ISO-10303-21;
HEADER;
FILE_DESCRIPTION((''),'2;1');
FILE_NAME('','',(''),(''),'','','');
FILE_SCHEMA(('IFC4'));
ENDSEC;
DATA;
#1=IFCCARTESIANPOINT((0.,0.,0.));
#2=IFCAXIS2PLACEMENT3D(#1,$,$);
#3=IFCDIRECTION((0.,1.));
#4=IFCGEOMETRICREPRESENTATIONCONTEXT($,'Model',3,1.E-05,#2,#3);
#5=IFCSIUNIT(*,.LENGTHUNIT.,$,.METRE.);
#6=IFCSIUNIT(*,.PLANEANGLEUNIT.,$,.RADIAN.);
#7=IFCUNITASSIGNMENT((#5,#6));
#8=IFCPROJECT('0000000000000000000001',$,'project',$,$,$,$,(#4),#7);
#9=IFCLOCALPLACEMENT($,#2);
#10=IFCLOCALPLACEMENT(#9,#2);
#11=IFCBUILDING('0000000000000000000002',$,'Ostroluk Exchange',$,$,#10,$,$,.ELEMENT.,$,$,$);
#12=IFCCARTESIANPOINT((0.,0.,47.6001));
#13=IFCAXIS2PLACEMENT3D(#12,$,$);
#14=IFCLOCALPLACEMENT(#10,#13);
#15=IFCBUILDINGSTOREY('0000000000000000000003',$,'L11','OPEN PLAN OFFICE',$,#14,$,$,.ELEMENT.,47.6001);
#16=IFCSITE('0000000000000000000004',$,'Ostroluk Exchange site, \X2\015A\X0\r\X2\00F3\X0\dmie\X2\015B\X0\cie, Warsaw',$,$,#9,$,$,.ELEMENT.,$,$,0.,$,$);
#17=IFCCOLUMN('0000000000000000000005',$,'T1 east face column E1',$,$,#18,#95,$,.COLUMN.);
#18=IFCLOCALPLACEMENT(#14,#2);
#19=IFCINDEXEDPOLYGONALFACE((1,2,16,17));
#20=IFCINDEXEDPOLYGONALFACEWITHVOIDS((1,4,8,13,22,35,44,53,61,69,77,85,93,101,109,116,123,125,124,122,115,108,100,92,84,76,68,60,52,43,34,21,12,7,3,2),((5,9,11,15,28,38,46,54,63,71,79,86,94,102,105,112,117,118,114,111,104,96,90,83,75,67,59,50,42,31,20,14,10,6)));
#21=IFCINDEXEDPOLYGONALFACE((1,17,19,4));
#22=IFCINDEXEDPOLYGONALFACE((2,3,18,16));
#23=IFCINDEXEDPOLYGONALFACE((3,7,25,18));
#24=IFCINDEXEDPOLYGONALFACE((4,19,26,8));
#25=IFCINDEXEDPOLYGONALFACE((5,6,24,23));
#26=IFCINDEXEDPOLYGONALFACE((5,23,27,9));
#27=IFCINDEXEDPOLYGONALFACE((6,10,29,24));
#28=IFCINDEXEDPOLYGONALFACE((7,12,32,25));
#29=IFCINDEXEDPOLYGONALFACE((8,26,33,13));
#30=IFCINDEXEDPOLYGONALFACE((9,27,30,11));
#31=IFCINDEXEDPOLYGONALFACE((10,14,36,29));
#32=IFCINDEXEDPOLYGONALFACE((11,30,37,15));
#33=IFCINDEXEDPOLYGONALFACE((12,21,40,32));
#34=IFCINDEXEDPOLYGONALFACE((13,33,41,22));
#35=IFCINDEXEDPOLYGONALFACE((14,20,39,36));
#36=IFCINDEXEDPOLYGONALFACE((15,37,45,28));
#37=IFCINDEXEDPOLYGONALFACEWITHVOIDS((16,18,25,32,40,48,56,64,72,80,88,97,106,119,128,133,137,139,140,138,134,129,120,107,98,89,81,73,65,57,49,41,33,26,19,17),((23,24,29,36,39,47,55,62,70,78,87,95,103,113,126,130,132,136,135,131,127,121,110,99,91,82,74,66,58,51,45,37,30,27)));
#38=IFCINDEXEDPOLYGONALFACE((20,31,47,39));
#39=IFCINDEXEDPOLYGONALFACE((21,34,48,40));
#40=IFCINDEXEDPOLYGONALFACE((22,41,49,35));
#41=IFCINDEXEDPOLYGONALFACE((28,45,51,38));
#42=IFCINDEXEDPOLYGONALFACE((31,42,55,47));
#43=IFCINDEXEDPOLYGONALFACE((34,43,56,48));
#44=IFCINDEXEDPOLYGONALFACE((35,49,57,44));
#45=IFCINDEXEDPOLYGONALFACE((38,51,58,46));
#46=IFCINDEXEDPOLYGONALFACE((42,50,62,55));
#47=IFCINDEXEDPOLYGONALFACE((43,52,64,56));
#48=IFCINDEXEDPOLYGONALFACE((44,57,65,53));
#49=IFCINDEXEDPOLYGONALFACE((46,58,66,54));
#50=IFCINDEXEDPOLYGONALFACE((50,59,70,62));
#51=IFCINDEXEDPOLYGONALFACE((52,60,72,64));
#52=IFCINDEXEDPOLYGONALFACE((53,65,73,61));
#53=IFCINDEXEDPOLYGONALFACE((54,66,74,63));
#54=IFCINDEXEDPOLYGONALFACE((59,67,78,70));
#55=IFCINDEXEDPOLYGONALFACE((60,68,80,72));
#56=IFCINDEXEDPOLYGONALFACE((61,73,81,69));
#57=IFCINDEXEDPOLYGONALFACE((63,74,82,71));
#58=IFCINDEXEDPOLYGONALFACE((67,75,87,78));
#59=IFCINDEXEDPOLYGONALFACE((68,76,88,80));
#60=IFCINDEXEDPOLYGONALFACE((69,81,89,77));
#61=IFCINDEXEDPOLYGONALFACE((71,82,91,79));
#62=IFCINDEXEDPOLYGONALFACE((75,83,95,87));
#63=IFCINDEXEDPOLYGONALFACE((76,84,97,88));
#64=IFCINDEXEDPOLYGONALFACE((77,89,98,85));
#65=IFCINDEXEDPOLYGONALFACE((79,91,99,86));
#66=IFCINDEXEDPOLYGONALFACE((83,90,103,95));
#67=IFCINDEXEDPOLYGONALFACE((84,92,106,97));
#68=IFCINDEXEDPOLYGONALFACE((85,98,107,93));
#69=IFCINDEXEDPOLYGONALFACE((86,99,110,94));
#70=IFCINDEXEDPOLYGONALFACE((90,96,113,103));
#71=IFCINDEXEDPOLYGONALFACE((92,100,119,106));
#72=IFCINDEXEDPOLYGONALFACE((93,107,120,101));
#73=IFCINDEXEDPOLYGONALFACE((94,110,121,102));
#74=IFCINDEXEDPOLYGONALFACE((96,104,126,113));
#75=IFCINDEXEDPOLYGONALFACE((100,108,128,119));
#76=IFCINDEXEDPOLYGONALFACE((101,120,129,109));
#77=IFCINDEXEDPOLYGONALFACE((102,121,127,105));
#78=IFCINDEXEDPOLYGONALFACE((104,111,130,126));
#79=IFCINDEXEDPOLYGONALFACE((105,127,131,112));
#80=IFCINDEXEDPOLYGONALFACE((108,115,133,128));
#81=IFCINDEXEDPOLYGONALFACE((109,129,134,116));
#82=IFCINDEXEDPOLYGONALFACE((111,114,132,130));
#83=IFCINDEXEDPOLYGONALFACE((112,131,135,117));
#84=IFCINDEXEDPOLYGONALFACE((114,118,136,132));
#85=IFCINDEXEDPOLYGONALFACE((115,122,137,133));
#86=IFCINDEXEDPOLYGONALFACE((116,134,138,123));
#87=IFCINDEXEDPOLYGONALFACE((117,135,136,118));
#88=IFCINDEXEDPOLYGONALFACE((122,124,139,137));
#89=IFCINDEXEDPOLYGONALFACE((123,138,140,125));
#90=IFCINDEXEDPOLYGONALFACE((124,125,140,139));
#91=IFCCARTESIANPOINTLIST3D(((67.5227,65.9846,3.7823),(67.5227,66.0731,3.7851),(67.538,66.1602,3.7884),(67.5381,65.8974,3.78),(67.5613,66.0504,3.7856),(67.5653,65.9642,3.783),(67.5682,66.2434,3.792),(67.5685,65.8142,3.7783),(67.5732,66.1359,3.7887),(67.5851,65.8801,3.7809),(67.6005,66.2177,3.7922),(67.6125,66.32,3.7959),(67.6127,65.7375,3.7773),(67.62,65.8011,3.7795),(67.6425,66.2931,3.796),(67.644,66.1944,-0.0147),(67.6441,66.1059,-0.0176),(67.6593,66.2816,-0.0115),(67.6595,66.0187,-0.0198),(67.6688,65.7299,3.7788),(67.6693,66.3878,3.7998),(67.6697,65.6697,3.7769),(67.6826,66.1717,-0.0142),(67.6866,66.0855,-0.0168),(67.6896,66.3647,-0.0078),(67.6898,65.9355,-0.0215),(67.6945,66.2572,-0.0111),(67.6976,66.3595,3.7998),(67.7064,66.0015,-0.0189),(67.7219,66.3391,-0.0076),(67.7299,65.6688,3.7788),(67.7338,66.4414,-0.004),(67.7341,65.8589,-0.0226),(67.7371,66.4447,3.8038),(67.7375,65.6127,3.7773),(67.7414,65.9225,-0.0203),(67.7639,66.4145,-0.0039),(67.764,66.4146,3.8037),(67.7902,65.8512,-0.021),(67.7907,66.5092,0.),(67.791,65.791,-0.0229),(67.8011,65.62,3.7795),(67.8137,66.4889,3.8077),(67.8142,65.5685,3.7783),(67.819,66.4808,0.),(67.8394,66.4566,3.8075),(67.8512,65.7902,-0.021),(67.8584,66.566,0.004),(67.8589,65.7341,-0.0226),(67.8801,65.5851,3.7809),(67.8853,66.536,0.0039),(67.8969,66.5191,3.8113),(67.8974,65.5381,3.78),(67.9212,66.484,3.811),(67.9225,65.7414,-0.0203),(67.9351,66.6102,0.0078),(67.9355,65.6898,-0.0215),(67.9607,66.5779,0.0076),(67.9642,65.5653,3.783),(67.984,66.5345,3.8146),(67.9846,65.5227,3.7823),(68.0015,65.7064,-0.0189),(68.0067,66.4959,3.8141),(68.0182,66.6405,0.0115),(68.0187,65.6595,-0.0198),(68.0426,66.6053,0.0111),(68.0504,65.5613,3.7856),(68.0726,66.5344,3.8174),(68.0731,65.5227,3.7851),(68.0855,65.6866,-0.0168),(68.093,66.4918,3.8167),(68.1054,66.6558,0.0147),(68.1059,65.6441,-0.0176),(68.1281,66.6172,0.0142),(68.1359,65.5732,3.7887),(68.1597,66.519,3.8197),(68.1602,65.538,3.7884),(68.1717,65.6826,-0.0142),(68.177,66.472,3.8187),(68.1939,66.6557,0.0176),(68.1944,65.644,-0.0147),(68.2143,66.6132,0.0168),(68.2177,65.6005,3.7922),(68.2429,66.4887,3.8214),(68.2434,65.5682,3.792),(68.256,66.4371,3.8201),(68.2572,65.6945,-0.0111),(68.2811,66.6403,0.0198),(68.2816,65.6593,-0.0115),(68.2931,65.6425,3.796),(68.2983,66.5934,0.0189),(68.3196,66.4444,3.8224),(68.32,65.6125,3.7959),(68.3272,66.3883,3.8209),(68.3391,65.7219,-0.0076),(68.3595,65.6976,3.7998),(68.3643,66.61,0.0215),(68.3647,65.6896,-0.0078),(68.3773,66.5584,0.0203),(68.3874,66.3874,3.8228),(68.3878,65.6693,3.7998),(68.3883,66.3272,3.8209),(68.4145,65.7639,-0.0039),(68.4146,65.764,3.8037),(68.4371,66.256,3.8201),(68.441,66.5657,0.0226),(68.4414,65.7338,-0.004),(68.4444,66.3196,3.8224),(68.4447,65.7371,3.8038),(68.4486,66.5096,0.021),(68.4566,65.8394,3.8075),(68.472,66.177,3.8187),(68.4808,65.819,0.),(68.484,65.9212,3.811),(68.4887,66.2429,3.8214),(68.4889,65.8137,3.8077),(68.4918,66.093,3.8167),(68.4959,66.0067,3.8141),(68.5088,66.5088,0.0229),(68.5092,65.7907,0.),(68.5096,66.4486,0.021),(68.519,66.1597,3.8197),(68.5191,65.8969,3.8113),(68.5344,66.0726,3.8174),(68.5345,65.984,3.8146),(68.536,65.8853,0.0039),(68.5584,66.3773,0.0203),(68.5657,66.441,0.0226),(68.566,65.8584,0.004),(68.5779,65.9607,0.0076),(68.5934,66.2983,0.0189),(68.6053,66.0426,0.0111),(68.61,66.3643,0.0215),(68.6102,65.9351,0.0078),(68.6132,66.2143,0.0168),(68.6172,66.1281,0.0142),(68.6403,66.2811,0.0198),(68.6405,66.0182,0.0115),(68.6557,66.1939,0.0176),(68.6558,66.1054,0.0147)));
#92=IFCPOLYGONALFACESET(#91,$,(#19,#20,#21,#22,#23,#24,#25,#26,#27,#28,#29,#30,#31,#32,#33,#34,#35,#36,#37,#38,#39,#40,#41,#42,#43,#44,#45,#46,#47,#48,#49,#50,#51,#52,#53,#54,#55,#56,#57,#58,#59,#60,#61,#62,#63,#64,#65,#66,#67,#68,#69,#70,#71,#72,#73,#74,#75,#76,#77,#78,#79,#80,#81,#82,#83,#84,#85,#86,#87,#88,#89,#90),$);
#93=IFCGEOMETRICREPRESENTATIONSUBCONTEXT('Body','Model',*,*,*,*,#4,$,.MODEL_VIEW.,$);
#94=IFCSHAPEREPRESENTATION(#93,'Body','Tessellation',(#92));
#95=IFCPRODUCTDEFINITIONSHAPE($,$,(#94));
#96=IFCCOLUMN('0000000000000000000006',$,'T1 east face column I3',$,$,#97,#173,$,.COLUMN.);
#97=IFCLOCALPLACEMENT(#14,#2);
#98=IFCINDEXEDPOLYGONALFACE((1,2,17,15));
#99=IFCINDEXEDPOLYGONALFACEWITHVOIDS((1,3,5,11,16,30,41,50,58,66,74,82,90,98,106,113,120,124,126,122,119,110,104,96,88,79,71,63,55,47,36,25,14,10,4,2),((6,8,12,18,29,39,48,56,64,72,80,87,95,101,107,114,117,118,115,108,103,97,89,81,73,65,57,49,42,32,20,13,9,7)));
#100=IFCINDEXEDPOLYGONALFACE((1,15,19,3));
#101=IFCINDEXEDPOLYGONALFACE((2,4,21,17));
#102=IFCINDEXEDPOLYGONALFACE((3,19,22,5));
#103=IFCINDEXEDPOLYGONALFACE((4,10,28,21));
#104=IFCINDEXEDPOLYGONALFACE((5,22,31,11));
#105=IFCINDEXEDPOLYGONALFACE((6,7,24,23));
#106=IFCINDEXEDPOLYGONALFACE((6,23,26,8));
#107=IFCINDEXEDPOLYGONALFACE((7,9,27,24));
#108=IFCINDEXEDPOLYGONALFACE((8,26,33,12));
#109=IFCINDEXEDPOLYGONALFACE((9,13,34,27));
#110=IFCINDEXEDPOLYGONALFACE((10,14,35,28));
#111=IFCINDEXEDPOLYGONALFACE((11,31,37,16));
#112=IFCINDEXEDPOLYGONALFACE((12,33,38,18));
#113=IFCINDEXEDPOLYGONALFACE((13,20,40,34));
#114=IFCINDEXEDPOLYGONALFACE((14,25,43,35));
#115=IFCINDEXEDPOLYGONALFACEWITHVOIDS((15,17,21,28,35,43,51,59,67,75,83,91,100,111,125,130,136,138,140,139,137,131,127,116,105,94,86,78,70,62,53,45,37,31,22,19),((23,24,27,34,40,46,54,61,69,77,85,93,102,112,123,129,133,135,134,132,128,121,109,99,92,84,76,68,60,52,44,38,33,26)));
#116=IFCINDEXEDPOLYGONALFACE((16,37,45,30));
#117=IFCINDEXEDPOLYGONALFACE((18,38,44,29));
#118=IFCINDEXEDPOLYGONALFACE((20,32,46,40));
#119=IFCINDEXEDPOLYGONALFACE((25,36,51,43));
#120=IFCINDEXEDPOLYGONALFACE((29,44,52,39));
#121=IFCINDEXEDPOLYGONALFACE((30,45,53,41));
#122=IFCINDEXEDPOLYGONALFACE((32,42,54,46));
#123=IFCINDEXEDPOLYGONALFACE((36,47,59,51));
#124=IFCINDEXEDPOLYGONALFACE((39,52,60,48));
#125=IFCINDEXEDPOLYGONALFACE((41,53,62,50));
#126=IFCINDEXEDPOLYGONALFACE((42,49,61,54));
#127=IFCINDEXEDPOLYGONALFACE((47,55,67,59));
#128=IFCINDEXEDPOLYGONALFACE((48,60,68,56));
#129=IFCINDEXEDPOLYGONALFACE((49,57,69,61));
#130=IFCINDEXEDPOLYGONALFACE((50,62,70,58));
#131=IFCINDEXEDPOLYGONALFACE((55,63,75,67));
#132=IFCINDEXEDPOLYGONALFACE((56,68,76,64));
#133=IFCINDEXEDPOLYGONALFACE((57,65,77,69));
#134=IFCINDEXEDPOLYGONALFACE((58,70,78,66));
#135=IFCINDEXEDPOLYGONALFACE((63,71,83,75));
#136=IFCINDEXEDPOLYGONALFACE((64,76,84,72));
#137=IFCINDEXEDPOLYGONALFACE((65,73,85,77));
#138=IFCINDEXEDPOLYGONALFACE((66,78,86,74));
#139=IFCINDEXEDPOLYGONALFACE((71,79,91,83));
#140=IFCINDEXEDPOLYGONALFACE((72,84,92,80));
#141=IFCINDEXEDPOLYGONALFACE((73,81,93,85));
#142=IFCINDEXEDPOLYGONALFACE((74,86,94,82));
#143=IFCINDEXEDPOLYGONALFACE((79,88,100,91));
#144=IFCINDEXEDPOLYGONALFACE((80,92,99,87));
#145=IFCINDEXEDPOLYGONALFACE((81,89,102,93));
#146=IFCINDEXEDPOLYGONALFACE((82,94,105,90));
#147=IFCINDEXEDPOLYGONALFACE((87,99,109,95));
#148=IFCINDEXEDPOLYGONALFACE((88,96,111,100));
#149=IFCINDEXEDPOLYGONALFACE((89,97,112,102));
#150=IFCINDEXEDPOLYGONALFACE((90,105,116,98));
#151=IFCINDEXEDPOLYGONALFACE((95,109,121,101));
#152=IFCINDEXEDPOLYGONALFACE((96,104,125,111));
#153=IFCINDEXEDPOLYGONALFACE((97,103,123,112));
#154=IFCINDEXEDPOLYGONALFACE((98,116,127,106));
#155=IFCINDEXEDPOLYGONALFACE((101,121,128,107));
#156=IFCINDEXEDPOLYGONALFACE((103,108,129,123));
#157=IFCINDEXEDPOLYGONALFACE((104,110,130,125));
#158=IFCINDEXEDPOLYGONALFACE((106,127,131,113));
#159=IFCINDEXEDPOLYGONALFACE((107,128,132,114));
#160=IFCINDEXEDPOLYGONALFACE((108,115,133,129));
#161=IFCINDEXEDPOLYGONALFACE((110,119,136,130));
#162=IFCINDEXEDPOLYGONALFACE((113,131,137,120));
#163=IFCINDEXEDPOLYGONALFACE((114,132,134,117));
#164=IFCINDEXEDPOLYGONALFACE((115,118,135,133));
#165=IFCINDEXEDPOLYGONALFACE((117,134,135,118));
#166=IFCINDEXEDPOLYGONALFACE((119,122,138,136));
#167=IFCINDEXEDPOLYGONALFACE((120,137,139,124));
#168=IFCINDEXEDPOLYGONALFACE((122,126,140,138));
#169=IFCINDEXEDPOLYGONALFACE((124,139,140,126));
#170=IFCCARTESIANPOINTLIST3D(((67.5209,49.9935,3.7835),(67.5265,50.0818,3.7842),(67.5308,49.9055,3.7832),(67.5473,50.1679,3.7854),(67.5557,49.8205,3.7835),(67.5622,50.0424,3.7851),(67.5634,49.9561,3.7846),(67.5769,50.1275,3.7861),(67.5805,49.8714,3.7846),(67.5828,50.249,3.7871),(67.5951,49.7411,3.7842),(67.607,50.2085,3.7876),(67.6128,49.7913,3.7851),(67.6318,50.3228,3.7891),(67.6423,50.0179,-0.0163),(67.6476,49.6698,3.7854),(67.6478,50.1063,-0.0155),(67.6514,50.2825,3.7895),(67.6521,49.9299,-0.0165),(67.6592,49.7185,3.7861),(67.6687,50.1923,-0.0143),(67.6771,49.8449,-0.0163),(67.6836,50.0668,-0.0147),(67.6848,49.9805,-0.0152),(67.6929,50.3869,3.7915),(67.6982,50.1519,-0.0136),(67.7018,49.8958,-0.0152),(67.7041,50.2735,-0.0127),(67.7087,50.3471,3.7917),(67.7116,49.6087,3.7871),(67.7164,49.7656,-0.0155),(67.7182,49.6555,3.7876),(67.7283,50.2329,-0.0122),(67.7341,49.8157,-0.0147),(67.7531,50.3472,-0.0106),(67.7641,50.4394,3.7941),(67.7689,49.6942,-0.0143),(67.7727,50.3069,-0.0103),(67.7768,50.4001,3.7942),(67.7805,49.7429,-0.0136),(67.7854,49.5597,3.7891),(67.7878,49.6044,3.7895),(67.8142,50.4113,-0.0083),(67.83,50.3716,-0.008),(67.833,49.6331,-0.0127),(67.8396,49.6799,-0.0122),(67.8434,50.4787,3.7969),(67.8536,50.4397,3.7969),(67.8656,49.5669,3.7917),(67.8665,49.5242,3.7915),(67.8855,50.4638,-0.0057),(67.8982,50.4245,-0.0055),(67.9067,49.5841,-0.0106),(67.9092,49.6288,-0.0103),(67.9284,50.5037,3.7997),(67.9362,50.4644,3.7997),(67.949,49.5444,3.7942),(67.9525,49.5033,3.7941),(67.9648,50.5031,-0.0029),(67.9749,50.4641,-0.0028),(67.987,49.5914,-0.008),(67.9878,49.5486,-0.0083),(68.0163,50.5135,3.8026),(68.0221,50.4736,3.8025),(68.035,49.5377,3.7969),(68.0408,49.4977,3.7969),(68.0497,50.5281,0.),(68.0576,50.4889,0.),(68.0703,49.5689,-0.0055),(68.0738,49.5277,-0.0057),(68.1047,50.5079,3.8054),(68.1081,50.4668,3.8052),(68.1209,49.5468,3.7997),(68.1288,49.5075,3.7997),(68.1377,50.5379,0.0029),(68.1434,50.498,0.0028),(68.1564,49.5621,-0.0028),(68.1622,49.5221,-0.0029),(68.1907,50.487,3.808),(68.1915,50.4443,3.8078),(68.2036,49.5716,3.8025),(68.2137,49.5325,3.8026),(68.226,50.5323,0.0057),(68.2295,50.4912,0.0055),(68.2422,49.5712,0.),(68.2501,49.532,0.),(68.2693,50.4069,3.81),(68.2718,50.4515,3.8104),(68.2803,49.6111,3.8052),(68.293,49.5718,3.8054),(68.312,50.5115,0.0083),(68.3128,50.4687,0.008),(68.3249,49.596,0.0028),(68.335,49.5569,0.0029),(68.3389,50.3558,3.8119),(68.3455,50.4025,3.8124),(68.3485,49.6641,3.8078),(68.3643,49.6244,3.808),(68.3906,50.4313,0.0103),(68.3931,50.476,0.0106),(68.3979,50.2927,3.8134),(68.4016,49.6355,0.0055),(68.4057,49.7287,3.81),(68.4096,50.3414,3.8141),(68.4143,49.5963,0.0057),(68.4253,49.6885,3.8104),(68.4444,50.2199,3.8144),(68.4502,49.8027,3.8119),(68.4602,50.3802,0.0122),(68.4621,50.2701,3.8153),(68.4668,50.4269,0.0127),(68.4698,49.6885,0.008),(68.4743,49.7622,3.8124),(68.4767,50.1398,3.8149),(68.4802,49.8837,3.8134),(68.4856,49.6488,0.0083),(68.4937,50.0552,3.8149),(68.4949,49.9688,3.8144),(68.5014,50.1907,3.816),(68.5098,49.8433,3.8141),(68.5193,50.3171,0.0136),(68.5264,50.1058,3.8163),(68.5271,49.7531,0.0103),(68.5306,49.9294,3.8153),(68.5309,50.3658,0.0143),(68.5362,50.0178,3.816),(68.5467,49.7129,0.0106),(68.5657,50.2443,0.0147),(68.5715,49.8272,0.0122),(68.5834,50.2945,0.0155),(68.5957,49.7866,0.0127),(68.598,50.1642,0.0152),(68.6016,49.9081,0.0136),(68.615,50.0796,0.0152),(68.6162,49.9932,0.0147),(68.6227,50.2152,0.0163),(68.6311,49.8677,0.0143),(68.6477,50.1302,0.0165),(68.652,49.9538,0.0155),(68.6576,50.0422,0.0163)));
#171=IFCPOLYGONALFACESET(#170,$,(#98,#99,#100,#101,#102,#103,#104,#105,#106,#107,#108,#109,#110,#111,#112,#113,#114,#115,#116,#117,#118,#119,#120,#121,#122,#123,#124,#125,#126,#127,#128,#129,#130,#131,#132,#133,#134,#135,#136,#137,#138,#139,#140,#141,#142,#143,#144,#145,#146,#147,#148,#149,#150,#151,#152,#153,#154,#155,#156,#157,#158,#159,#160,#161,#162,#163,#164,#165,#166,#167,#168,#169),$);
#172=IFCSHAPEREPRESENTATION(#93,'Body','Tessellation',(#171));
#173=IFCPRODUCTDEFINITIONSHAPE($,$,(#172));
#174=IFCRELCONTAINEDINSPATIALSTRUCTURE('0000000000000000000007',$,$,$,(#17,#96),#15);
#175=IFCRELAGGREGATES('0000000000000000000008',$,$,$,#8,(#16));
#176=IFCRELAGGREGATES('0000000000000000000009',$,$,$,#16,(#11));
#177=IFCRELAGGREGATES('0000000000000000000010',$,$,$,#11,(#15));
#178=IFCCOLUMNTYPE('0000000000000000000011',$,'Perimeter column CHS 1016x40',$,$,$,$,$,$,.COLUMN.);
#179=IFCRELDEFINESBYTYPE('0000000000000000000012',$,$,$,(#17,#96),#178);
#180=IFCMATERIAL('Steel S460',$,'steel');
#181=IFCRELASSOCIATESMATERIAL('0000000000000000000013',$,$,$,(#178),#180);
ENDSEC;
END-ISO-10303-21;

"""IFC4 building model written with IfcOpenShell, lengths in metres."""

from ifc_helpers import new_model, si_unit, direction, frame, origin, origin_2d, place, context, subcontext, project, spatial, hollow_circle, extrude, material, material_profile, profile_set, type_object, element, save


model = new_model("IFC4")

# Units and contexts
model_context = context("Model", 3, precision=1e-05, world=origin(), true_north=direction((0.0, 1.0)))
body_context = subcontext(model_context, "Body", "Model", "MODEL_VIEW")
ifc_project = project(units=[si_unit("LENGTHUNIT", "METRE"), si_unit("PLANEANGLEUNIT", "RADIAN")], contexts=[model_context])

# Site, building, storey
site_placement = place(None, origin())
site = spatial("IfcSite", under=ifc_project, at=site_placement, Name="Ostroluk Exchange site, Śródmieście, Warsaw", CompositionType="ELEMENT", RefElevation=0.0)
building_placement = place(site_placement, origin())
building = spatial("IfcBuilding", under=site, at=building_placement, Name="Ostroluk Exchange", CompositionType="ELEMENT")
storey_placement = place(building_placement, frame((0.0, 0.0, 47.6001)))
storey = spatial("IfcBuildingStorey", under=building, at=storey_placement, Name="L11", Description="OPEN PLAN OFFICE", CompositionType="ELEMENT", Elevation=47.6001)

# Columns
ifc_material_1 = material(Name="Steel S460", Category="steel")
ifc_material_profile_1 = material_profile(ifc_material_1, hollow_circle(Radius=0.5081, WallThickness=0.04, at=origin_2d()), Name="CHS 1016x40")
ifc_profile_set_1 = profile_set([ifc_material_profile_1], Name="Steel S460")
column_type = type_object("IfcColumnType", Name="Perimeter column CHS 1016x40", PredefinedType="COLUMN", material=ifc_profile_set_1)
column_1_placement = place(storey_placement, frame((68.1499, 66.1499, 0.0), z_axis=(-0.0319, -0.0319, 0.998982), x_axis=(0.707107, -0.707107, 0.0)))
element("IfcColumn", 1, at=column_1_placement, inside=storey, type_object=column_type, Name="T1 east face column E1", PredefinedType="COLUMN", context=body_context, shape_type="SweptSolid", body=[
    extrude(hollow_circle(Radius=0.5081, WallThickness=0.04, at=origin_2d()), origin(), (0.0, 0.0, 1.0), 3.8037),
])
column_2_placement = place(storey_placement, frame((68.1499, 50.03, 0.0), z_axis=(-0.031916, -0.006422, 0.99947), x_axis=(0.197254, -0.980352, 0.0)))
element("IfcColumn", 2, at=column_2_placement, inside=storey, type_object=column_type, Name="T1 east face column I3", PredefinedType="COLUMN", context=body_context, shape_type="SweptSolid", body=[
    extrude(hollow_circle(Radius=0.5081, WallThickness=0.04, at=origin_2d()), origin(), (0.0, 0.0, 1.0), 3.8018),
])

save(model, "model.ifc")
